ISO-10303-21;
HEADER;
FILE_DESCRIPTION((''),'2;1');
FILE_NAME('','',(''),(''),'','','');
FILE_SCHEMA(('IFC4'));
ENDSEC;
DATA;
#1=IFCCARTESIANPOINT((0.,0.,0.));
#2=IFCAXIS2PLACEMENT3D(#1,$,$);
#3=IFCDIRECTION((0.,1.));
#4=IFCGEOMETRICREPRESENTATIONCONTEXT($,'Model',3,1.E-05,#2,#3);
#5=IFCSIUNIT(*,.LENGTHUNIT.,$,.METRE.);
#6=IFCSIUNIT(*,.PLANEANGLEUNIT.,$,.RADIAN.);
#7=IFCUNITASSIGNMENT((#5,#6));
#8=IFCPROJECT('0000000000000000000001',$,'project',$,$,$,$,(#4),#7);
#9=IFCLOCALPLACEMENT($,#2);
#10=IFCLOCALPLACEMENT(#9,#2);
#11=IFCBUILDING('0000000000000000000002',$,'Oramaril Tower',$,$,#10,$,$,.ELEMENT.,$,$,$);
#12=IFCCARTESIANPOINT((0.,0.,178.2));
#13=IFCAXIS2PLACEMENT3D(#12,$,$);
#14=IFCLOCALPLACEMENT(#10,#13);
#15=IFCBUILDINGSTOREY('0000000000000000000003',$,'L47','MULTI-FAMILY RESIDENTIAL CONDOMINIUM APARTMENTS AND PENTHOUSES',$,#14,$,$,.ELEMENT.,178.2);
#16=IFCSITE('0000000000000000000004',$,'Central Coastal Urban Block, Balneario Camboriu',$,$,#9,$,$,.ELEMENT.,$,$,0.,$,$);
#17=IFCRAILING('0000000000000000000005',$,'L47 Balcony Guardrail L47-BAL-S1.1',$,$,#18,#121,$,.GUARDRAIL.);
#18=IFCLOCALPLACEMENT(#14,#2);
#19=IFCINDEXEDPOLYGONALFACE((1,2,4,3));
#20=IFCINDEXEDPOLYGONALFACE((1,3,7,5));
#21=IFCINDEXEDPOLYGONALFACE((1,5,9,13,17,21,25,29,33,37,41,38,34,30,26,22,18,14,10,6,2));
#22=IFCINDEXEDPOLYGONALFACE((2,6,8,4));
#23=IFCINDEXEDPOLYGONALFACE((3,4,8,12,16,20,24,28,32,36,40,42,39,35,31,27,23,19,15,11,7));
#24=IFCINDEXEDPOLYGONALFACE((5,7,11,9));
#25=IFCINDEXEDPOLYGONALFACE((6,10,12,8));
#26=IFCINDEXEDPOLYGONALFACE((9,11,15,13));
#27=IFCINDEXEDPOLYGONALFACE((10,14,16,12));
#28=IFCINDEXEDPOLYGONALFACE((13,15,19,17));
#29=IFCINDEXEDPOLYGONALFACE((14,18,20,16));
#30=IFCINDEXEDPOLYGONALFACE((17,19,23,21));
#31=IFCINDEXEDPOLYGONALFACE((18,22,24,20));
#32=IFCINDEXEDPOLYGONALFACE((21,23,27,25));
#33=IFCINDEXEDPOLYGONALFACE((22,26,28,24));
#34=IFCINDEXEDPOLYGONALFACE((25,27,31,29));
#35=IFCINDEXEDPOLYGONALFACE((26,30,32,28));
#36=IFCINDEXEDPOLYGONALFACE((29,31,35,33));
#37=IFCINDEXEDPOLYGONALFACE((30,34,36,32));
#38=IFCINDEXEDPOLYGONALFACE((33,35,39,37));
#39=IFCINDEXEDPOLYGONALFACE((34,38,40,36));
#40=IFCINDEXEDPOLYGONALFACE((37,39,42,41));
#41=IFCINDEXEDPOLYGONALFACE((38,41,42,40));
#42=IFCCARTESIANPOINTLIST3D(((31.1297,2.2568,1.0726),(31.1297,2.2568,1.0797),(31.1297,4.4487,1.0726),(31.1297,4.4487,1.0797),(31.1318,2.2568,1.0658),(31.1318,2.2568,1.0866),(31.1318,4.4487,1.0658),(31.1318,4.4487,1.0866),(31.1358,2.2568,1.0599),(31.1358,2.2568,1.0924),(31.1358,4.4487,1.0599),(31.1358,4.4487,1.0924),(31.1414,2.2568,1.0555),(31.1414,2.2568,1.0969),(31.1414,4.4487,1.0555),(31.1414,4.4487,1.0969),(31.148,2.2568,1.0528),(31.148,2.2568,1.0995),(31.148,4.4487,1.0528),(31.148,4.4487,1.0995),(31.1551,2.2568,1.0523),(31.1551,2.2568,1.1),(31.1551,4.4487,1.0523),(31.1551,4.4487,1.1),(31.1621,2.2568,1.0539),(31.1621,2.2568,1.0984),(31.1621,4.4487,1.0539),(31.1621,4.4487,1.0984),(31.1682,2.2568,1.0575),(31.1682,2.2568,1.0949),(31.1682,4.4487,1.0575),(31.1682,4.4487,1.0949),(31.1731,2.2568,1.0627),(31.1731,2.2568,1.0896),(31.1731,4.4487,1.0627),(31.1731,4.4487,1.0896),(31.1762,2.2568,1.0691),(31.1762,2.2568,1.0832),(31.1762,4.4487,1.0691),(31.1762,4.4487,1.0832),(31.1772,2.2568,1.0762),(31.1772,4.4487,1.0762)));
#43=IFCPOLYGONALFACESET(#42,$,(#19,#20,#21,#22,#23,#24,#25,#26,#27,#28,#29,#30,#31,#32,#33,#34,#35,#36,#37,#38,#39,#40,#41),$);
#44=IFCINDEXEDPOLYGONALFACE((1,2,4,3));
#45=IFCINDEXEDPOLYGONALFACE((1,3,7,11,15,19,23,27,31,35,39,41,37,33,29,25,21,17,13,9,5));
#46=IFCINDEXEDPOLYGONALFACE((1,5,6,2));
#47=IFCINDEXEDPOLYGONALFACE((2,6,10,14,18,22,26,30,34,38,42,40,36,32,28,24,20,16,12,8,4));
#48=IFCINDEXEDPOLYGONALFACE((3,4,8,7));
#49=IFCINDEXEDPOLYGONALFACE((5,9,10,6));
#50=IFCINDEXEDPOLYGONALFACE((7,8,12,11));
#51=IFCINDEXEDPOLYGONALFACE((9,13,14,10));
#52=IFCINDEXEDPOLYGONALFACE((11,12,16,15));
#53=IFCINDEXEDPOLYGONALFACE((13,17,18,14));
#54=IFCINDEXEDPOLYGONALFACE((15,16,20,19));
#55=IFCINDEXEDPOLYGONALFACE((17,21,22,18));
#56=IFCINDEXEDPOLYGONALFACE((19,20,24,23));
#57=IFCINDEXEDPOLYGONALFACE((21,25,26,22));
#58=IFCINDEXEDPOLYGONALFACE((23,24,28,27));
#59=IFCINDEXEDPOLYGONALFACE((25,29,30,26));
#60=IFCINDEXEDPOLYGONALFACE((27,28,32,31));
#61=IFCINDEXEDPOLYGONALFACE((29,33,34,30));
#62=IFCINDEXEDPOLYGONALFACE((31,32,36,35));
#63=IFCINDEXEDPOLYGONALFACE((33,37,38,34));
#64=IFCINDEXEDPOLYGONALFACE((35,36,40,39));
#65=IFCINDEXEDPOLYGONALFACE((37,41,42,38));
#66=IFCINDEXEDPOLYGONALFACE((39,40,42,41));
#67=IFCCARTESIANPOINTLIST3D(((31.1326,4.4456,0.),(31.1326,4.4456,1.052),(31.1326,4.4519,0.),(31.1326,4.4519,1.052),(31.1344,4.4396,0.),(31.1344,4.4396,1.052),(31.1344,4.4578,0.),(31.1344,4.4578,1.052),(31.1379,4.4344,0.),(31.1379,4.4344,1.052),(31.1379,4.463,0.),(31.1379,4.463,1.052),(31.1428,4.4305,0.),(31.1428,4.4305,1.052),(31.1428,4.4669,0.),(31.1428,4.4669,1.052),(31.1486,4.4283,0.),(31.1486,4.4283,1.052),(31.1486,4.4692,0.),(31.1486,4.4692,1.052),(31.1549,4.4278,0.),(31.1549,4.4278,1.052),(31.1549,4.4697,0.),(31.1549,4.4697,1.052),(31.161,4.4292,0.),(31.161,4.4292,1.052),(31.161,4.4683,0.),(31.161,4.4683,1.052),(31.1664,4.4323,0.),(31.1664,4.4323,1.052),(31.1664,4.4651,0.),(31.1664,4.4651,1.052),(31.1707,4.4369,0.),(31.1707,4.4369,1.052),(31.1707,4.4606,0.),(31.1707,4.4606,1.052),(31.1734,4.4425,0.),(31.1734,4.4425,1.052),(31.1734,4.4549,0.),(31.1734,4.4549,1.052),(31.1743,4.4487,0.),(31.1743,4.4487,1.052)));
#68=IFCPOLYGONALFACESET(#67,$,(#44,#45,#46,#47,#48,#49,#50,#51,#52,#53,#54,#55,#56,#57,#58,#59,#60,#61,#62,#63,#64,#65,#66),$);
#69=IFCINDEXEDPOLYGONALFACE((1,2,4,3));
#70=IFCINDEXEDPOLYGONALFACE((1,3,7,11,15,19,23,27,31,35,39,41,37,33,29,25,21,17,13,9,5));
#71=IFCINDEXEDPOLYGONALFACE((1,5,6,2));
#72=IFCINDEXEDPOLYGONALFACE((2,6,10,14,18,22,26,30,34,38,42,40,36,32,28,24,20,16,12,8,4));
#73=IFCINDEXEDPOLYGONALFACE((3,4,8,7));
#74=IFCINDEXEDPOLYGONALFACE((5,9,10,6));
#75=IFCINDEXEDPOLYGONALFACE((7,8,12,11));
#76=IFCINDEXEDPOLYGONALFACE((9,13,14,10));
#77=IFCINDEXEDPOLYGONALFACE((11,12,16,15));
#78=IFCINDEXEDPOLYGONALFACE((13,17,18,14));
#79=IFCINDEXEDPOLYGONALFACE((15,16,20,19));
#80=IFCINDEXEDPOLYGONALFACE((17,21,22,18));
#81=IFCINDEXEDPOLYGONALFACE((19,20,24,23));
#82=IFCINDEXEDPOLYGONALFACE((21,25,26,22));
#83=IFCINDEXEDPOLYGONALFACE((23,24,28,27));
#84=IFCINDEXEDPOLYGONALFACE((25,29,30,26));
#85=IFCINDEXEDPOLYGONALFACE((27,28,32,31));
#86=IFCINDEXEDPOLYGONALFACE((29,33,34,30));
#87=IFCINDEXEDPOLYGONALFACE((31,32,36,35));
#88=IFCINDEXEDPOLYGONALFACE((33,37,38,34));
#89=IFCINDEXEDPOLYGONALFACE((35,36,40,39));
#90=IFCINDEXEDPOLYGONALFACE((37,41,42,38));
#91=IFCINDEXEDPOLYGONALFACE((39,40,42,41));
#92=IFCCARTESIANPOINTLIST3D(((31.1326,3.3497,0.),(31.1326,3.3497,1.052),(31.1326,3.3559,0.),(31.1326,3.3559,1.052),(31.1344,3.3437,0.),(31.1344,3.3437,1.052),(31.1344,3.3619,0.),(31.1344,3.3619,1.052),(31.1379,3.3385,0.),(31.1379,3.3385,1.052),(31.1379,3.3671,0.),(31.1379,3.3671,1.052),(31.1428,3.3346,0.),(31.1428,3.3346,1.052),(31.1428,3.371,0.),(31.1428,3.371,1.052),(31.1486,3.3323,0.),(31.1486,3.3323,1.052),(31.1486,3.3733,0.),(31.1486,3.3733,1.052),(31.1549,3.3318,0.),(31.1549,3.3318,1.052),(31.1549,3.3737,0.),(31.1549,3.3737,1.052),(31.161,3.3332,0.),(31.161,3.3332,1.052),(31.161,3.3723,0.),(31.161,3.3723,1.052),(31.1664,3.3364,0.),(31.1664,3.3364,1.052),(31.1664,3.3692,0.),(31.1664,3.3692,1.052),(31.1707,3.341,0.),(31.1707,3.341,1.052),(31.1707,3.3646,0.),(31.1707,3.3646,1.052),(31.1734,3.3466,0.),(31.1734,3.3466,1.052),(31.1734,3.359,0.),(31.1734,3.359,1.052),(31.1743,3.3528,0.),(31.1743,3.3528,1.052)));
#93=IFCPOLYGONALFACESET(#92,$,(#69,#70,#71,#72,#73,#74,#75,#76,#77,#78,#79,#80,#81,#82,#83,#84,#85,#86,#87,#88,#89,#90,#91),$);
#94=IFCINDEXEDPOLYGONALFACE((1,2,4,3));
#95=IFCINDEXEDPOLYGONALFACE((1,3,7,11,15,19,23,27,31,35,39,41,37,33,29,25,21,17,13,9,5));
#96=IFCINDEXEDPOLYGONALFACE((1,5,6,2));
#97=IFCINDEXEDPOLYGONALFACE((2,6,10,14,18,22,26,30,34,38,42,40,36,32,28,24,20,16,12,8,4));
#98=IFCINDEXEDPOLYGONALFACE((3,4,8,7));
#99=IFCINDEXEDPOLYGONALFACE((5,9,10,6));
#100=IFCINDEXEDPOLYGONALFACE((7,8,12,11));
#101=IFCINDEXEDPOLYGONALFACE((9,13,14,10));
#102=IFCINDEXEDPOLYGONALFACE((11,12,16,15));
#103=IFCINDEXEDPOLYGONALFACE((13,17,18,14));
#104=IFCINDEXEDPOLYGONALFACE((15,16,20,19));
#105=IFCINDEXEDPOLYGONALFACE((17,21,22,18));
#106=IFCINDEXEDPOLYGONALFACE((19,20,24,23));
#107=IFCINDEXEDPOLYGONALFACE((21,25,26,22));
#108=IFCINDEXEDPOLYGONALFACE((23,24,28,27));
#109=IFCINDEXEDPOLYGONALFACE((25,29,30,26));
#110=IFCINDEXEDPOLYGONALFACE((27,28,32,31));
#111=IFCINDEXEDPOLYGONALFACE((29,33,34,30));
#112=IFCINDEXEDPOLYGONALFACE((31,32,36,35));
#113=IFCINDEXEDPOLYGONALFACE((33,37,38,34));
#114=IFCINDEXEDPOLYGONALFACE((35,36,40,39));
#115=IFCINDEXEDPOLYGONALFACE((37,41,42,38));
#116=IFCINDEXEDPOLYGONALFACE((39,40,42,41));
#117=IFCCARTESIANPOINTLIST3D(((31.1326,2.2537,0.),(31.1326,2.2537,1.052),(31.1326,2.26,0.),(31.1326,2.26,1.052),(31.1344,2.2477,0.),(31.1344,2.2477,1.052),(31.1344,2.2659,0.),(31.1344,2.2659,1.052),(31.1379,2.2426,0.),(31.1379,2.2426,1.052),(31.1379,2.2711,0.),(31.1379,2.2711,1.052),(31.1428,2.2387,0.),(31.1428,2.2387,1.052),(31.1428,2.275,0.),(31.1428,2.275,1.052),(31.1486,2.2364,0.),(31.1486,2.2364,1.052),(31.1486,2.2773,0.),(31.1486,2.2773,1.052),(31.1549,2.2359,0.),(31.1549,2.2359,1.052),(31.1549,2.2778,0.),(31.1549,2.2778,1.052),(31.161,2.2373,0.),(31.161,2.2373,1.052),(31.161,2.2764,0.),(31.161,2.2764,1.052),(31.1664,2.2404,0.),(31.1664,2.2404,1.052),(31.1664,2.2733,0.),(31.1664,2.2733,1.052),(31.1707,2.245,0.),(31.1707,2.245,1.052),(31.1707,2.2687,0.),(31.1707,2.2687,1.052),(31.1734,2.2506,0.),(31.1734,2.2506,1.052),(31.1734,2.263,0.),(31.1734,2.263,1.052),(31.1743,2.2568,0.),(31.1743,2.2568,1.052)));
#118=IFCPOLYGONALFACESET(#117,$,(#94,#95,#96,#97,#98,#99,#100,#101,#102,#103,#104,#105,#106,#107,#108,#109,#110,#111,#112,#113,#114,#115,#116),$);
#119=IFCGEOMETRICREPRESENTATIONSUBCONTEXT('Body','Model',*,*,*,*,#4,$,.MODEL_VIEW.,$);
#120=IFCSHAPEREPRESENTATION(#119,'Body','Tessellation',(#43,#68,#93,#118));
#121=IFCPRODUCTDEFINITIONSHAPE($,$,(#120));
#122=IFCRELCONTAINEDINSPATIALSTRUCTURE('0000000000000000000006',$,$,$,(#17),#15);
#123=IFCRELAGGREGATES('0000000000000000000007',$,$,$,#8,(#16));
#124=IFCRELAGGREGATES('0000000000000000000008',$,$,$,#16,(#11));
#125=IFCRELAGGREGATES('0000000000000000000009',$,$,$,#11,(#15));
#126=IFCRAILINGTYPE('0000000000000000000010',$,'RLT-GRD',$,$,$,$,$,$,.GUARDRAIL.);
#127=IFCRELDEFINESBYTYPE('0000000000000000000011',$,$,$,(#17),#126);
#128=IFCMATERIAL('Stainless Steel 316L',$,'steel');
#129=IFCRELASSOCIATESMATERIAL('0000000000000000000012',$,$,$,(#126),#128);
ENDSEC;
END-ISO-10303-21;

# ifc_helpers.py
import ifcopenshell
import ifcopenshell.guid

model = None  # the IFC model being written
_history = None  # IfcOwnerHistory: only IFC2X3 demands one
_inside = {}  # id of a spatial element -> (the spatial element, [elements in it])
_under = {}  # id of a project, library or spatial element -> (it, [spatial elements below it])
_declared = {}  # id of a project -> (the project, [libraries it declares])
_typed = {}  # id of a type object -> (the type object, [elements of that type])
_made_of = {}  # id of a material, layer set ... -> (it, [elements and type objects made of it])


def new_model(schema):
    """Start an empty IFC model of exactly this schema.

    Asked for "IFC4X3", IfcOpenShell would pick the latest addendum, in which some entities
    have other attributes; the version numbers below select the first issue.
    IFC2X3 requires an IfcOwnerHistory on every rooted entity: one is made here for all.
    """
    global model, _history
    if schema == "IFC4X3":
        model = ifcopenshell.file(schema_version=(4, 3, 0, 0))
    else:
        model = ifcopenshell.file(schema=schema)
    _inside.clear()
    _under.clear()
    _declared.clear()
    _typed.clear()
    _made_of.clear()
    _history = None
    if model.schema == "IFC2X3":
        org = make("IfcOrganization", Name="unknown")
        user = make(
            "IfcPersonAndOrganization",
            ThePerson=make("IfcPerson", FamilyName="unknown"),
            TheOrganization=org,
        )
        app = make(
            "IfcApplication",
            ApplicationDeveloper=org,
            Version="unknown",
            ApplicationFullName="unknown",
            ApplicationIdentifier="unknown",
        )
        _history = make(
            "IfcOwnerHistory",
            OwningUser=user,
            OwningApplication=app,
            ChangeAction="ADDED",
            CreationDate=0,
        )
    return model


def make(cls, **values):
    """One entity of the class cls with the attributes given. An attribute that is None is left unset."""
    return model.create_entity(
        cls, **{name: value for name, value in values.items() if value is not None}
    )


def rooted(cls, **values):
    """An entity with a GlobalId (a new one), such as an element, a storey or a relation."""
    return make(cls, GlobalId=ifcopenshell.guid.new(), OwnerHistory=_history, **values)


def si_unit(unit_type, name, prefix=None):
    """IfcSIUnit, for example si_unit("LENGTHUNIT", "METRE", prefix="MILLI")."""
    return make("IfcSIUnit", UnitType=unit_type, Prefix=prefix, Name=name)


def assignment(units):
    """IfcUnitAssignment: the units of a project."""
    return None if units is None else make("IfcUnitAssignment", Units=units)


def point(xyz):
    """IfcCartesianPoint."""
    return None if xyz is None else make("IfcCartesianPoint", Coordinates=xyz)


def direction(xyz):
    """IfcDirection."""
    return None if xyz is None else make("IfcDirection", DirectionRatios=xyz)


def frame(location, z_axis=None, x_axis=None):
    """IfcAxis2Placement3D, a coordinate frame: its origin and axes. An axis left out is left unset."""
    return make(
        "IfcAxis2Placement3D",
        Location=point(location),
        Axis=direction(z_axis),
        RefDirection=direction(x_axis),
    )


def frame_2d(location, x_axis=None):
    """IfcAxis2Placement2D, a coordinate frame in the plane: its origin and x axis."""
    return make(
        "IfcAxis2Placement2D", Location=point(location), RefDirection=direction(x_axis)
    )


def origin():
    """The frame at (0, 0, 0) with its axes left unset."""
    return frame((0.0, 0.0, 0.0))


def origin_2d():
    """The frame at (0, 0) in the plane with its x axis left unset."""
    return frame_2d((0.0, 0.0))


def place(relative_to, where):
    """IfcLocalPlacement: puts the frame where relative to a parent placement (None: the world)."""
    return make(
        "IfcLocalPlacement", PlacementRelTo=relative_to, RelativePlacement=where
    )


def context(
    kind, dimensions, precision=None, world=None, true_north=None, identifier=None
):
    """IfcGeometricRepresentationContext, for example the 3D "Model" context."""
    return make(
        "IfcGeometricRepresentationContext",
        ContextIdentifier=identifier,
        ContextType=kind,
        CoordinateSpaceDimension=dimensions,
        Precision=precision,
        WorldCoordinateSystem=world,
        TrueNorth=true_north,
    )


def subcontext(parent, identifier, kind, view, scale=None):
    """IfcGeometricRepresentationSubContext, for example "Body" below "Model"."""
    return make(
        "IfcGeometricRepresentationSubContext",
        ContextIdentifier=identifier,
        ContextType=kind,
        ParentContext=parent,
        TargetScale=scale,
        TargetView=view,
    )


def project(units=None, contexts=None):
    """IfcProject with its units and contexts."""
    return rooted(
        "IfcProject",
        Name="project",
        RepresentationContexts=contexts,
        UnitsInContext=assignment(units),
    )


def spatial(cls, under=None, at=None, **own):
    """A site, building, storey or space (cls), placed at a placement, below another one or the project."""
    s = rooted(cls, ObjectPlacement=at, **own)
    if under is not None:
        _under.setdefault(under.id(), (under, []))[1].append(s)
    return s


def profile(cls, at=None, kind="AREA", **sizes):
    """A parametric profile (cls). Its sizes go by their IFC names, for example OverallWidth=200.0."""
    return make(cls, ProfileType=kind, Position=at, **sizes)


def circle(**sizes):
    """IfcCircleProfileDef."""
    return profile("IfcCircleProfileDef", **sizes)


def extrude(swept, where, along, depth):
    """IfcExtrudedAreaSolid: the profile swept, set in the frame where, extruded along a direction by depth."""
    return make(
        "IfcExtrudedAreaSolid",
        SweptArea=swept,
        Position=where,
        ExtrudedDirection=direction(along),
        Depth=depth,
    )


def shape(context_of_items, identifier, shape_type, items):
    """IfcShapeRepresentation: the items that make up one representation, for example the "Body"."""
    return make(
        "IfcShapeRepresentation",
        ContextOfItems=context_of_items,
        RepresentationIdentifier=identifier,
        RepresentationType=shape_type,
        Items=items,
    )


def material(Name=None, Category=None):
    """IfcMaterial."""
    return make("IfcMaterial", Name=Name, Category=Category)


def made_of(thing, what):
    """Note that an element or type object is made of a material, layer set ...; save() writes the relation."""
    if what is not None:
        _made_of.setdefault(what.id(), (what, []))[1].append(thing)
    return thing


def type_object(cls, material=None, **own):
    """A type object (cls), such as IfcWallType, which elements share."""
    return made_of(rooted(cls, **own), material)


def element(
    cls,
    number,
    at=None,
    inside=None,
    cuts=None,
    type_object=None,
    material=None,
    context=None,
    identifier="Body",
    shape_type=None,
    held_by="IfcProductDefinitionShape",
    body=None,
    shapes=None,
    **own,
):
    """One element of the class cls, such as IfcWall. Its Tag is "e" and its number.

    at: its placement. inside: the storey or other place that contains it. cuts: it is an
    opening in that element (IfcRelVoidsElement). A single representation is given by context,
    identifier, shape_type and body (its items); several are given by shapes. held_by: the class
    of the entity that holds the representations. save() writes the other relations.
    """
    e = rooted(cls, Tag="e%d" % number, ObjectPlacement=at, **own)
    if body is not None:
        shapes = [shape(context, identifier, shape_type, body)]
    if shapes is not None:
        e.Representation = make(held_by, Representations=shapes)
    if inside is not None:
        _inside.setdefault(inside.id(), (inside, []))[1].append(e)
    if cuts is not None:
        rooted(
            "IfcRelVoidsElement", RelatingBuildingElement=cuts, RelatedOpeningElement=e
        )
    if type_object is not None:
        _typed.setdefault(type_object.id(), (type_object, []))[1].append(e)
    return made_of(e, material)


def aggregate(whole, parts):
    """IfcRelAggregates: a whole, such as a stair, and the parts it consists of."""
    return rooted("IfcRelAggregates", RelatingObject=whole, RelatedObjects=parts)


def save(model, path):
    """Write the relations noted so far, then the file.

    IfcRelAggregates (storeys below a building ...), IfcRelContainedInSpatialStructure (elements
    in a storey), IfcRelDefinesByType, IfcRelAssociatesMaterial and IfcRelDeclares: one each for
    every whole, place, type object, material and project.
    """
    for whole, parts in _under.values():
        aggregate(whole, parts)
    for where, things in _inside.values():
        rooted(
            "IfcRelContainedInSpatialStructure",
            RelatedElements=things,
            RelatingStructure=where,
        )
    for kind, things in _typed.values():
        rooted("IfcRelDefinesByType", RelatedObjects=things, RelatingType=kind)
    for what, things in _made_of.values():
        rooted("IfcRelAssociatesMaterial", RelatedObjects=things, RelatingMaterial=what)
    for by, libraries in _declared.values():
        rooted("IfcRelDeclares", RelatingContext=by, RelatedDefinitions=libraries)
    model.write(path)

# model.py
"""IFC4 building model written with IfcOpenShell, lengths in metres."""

from ifc_helpers import new_model, si_unit, direction, frame, origin, origin_2d, place, context, subcontext, project, spatial, circle, extrude, material, type_object, element, save


model = new_model("IFC4")

# Units and contexts
model_context = context("Model", 3, precision=1e-05, world=origin(), true_north=direction((0.0, 1.0)))
body_context = subcontext(model_context, "Body", "Model", "MODEL_VIEW")
ifc_project = project(units=[si_unit("LENGTHUNIT", "METRE"), si_unit("PLANEANGLEUNIT", "RADIAN")], contexts=[model_context])

# Site, building, storey
site_placement = place(None, origin())
site = spatial("IfcSite", under=ifc_project, at=site_placement, Name="Central Coastal Urban Block, Balneario Camboriu", CompositionType="ELEMENT", RefElevation=0.0)
building_placement = place(site_placement, origin())
building = spatial("IfcBuilding", under=site, at=building_placement, Name="Oramaril Tower", CompositionType="ELEMENT")
storey_placement = place(building_placement, frame((0.0, 0.0, 178.2)))
storey = spatial("IfcBuildingStorey", under=building, at=storey_placement, Name="L47", Description="MULTI-FAMILY RESIDENTIAL CONDOMINIUM APARTMENTS AND PENTHOUSES", CompositionType="ELEMENT", Elevation=178.2)

# Railing
ifc_material_1 = material(Name="Stainless Steel 316L", Category="steel")
railing_type = type_object("IfcRailingType", Name="RLT-GRD", PredefinedType="GUARDRAIL", material=ifc_material_1)
railing_1_placement = place(storey_placement, frame((31.1533, 4.4487, 0.0)))
element("IfcRailing", 1, at=railing_1_placement, inside=storey, type_object=railing_type, Name="L47 Balcony Guardrail L47-BAL-S1.1", PredefinedType="GUARDRAIL", context=body_context, shape_type="SweptSolid", body=[
    extrude(circle(Radius=0.0239, at=origin_2d()), frame((0.0, 0.0, 1.0762), z_axis=(0.0, -1.0, 0.0), x_axis=(1.0, 0.0, 0.0)), (0.0, 0.0, 1.0), 2.1919),
    extrude(circle(Radius=0.021, at=origin_2d()), origin(), (0.0, 0.0, 1.0), 1.052),
    extrude(circle(Radius=0.021, at=origin_2d()), frame((0.0, -1.0959, 0.0)), (0.0, 0.0, 1.0), 1.052),
    extrude(circle(Radius=0.021, at=origin_2d()), frame((0.0, -2.1919, 0.0)), (0.0, 0.0, 1.0), 1.052),
])

save(model, "model.ifc")
